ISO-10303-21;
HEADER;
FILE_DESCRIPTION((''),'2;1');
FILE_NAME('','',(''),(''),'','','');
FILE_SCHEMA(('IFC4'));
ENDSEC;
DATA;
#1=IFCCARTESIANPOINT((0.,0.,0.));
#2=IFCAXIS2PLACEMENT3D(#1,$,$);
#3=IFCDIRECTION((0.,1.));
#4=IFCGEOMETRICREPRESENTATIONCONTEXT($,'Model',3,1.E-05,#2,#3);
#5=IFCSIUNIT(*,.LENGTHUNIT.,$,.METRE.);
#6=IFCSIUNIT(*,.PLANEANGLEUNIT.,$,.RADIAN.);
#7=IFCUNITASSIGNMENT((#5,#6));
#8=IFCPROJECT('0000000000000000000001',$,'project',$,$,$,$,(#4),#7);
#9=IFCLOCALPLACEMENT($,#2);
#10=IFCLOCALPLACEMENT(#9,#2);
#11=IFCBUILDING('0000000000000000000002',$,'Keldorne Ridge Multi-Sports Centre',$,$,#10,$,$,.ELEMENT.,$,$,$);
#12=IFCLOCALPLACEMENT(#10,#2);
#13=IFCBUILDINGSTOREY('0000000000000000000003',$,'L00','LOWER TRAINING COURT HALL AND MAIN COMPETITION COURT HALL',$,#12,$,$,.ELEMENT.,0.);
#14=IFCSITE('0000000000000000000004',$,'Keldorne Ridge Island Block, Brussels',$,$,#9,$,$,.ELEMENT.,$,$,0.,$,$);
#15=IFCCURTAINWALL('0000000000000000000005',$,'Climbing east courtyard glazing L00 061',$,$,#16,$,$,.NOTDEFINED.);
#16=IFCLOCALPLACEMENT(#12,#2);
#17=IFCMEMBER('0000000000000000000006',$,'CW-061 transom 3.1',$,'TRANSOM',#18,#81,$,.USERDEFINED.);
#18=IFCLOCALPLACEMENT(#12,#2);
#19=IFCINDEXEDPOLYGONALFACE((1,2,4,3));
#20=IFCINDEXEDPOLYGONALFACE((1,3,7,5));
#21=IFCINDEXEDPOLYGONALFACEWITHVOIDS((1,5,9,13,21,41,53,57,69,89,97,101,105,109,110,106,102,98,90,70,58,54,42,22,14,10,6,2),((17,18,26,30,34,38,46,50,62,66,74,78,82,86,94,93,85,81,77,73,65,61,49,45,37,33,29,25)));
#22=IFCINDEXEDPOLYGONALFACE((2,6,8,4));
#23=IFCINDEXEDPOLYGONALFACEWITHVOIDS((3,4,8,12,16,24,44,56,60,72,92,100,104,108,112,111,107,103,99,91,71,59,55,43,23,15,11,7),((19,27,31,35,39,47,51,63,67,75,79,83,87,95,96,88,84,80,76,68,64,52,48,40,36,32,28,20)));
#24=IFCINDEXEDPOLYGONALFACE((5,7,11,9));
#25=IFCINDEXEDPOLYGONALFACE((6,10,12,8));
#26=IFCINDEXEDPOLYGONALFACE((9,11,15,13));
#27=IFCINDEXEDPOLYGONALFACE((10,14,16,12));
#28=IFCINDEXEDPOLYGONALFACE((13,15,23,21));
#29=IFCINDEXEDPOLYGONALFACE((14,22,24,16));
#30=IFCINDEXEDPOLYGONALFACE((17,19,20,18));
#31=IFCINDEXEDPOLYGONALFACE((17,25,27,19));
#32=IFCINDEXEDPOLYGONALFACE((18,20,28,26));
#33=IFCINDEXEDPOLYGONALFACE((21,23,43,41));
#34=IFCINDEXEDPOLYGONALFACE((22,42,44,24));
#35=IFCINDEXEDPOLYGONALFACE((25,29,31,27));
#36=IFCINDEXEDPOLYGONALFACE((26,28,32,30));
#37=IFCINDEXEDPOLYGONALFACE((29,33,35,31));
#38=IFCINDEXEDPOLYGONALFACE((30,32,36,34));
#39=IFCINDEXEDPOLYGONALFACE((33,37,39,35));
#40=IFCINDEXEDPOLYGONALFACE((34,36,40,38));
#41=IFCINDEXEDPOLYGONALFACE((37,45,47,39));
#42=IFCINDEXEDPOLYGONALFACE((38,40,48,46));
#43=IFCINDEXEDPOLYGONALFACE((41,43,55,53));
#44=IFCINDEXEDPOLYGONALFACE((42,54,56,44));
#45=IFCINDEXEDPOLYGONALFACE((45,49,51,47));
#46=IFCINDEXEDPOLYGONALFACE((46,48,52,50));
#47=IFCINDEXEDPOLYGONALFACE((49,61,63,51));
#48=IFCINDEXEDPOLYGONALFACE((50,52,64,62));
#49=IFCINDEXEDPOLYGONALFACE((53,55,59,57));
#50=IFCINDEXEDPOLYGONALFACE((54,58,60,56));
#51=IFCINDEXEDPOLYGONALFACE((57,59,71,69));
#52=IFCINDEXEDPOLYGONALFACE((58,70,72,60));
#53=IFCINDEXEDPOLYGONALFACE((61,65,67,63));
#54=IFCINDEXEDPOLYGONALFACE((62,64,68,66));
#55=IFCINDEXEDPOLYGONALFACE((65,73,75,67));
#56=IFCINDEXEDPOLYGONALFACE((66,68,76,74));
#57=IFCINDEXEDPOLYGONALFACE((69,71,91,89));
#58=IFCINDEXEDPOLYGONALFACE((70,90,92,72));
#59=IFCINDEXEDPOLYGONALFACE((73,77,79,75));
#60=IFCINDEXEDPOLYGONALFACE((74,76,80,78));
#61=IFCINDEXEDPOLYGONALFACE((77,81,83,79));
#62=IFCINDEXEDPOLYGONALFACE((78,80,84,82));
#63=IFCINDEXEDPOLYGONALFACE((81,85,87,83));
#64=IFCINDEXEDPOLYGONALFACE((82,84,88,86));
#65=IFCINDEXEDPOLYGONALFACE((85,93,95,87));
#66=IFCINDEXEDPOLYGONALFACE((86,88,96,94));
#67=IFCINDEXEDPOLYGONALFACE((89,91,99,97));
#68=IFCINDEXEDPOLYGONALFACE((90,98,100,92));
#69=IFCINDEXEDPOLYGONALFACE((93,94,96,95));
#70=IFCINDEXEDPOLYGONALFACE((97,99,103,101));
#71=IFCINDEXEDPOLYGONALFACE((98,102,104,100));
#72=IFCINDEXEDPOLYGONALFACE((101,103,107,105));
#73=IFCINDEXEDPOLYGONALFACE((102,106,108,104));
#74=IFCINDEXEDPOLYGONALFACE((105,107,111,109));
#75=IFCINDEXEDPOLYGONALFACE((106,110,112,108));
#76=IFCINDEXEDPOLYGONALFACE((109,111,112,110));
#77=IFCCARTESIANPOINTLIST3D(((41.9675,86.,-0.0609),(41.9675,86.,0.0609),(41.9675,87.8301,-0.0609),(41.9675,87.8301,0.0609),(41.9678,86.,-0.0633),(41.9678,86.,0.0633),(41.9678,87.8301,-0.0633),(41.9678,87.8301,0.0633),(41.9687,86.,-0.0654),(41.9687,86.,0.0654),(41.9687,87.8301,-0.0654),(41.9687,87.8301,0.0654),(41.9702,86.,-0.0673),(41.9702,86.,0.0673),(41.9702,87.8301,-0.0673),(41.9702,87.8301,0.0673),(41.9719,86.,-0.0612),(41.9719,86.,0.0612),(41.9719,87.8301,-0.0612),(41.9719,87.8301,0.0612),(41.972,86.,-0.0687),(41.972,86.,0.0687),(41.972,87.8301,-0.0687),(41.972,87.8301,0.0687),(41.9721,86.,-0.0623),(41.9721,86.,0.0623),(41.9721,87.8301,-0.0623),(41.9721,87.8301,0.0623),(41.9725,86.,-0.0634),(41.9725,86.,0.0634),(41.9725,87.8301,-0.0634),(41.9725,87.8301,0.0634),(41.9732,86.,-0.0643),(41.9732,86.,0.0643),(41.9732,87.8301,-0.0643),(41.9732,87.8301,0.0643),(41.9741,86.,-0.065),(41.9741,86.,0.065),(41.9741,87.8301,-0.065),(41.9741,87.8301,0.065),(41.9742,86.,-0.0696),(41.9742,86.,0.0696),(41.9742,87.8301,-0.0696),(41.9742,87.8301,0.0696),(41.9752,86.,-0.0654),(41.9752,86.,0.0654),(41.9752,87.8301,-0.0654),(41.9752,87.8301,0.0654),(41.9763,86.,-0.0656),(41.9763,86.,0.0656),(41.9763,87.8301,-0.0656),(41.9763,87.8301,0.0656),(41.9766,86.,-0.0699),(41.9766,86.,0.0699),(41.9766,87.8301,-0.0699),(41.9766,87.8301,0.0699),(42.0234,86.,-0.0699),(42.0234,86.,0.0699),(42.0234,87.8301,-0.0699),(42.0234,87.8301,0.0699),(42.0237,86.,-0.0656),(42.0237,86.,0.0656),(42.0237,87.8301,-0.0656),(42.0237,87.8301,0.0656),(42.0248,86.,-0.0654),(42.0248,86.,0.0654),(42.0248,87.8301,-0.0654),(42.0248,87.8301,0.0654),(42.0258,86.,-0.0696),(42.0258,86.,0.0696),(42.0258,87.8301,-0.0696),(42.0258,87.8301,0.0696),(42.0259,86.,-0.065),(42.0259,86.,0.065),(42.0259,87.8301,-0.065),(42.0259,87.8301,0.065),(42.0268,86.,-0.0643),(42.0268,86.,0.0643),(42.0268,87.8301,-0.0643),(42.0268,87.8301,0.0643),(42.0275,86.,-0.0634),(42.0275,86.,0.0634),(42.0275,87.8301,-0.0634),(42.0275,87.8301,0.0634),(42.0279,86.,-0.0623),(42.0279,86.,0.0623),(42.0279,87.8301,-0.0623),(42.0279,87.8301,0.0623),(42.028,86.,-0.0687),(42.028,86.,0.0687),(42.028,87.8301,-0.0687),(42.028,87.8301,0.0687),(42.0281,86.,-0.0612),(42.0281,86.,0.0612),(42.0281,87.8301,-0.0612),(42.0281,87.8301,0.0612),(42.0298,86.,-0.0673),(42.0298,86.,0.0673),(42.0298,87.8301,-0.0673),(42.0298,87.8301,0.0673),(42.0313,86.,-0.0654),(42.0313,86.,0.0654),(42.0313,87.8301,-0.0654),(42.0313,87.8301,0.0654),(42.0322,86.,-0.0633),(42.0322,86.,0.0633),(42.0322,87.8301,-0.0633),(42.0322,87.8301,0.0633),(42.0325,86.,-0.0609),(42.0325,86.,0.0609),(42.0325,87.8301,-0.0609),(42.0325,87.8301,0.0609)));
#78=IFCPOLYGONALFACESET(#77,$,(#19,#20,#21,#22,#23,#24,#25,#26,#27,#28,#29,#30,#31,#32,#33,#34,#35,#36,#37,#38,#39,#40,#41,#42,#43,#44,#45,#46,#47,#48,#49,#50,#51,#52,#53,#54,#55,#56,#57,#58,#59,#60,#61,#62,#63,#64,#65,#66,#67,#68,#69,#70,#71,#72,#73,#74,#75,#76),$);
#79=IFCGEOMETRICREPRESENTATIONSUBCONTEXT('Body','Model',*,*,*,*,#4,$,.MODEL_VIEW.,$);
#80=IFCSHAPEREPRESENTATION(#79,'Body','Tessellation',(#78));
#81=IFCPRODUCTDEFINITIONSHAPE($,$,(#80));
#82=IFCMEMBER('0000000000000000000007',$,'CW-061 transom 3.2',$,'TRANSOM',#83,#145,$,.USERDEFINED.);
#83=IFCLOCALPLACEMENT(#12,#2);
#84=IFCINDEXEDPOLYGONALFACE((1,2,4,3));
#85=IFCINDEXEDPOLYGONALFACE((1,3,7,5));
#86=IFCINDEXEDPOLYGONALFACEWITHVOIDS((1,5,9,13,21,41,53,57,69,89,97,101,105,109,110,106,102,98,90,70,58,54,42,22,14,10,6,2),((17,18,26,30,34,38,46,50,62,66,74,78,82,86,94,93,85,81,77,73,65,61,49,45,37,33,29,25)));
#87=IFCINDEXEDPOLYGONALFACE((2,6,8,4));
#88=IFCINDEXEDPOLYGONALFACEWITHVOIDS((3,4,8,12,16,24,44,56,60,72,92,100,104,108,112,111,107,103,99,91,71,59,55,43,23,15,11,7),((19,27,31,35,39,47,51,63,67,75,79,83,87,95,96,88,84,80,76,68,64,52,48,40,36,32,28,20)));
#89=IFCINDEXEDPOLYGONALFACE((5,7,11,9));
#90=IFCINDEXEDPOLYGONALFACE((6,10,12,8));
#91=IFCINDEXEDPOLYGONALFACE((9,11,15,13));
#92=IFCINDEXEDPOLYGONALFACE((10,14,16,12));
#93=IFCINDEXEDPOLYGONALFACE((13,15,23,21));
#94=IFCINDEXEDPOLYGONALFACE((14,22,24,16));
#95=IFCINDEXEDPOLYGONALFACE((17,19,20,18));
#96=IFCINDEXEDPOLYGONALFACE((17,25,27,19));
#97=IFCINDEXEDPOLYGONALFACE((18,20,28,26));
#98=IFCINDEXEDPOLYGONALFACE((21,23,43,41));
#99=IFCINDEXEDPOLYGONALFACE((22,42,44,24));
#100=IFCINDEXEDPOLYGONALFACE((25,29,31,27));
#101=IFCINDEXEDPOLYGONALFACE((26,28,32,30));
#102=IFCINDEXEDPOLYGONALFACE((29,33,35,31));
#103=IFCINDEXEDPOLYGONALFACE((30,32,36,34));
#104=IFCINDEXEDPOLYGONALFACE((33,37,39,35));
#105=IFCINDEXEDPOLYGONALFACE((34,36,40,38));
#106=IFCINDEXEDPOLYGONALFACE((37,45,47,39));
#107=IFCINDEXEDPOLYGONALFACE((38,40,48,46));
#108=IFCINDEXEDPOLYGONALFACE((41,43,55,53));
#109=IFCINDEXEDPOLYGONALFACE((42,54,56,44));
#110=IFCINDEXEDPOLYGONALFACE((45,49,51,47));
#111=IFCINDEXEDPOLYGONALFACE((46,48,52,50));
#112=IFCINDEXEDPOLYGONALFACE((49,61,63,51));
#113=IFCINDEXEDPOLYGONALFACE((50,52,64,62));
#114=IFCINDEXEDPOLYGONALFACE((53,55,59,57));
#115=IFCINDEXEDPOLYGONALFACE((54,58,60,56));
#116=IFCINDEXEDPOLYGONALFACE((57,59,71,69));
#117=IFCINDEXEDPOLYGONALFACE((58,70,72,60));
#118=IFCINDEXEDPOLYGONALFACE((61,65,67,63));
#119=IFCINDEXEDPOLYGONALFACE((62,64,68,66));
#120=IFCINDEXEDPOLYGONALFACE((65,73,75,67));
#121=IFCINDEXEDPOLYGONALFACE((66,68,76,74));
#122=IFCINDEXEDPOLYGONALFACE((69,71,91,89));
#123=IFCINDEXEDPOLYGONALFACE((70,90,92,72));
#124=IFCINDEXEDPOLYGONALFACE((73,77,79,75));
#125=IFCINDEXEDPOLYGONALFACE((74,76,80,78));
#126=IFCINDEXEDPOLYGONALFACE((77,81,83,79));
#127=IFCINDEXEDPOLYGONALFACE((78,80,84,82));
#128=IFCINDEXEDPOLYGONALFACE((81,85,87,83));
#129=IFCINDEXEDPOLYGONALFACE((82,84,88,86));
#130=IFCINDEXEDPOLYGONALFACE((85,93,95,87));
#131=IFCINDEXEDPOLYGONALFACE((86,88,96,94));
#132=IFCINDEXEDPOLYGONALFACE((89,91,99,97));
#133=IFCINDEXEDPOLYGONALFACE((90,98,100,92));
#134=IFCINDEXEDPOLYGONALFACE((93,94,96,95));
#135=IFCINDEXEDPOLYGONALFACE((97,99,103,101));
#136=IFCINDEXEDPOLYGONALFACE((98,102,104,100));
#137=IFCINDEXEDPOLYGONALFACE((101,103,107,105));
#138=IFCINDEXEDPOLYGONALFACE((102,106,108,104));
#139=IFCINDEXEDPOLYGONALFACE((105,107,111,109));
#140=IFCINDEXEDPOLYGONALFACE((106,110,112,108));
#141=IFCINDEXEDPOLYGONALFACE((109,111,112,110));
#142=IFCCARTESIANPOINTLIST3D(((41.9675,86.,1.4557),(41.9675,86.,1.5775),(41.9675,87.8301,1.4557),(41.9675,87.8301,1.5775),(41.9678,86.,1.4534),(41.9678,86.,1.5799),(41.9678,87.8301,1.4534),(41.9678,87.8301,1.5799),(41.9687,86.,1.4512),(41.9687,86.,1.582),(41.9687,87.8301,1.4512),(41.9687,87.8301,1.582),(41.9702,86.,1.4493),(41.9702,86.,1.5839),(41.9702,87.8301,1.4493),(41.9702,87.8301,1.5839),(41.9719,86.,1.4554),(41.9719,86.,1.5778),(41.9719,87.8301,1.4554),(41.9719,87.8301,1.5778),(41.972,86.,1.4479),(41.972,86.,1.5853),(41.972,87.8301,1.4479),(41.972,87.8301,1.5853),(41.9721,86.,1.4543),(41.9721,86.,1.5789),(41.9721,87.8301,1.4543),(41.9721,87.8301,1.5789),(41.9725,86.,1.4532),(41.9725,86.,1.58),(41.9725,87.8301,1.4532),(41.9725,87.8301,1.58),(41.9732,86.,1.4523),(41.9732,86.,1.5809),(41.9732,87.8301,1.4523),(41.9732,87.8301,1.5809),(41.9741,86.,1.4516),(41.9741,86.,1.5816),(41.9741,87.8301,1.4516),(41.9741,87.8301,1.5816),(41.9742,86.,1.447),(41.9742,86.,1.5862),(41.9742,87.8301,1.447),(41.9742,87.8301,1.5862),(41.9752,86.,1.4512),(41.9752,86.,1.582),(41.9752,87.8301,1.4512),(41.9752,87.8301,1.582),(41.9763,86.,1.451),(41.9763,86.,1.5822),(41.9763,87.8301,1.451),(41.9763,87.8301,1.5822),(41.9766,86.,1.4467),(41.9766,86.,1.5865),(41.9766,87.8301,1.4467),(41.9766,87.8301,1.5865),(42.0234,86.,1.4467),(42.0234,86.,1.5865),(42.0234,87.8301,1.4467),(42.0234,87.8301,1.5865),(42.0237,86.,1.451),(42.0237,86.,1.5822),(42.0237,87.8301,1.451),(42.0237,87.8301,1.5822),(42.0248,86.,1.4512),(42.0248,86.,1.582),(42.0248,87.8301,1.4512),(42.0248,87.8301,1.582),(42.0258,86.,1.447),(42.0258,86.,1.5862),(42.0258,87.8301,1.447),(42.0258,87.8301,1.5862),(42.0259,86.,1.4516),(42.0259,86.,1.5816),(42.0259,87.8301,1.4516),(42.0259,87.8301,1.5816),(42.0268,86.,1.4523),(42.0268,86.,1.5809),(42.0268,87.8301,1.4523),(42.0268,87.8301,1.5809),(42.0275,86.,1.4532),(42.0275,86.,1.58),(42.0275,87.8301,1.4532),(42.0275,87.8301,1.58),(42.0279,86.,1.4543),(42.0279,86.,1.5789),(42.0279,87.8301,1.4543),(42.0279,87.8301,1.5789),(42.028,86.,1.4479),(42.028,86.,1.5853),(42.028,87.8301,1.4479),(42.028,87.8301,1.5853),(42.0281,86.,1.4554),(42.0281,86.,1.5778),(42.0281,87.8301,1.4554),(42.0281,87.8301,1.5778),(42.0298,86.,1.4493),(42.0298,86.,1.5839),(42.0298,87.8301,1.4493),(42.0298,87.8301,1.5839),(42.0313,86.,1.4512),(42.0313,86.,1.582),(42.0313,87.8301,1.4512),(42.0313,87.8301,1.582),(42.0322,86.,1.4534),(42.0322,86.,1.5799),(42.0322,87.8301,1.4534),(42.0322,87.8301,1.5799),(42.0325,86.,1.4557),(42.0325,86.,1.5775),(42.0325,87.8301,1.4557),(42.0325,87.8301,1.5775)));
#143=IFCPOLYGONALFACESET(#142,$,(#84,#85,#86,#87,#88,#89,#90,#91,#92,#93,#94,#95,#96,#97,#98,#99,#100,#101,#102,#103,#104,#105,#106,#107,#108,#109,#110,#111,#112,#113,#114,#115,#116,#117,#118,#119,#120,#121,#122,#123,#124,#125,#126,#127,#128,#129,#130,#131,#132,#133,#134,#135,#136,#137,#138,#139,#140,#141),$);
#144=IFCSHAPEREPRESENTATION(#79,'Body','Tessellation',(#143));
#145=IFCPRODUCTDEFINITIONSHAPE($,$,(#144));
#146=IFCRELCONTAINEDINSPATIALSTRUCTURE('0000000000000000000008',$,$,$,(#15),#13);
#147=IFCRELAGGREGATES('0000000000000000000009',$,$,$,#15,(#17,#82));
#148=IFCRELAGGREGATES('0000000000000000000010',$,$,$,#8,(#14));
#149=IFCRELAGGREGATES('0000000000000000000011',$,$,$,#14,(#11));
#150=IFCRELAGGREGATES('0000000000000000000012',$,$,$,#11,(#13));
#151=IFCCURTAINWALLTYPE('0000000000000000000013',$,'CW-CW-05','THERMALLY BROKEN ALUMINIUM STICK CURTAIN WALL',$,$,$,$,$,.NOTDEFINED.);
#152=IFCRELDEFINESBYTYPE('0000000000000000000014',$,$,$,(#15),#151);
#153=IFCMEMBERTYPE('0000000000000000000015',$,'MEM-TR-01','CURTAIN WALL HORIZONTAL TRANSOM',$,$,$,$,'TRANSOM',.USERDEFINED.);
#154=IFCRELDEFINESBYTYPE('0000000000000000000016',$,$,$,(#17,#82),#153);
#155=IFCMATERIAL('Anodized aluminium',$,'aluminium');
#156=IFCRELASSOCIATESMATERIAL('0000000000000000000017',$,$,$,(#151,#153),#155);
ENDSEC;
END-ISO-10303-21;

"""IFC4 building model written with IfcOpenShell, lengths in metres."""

from ifc_helpers import new_model, si_unit, direction, frame, origin, origin_2d, place, context, subcontext, project, spatial, hollow_rectangle, extrude, material, material_profile, profile_set, type_object, element, aggregate, save


model = new_model("IFC4")

# Units and contexts
model_context = context("Model", 3, precision=1e-05, world=origin(), true_north=direction((0.0, 1.0)))
body_context = subcontext(model_context, "Body", "Model", "MODEL_VIEW")
ifc_project = project(units=[si_unit("LENGTHUNIT", "METRE"), si_unit("PLANEANGLEUNIT", "RADIAN")], contexts=[model_context])

# Site, building, storey
site_placement = place(None, origin())
site = spatial("IfcSite", under=ifc_project, at=site_placement, Name="Keldorne Ridge Island Block, Brussels", CompositionType="ELEMENT", RefElevation=0.0)
building_placement = place(site_placement, origin())
building = spatial("IfcBuilding", under=site, at=building_placement, Name="Keldorne Ridge Multi-Sports Centre", CompositionType="ELEMENT")
storey_placement = place(building_placement, origin())
storey = spatial("IfcBuildingStorey", under=building, at=storey_placement, Name="L00", Description="LOWER TRAINING COURT HALL AND MAIN COMPETITION COURT HALL", CompositionType="ELEMENT", Elevation=0.0)

# Curtain wall, members
ifc_material_1 = material(Name="Anodized aluminium", Category="aluminium")
curtain_wall_type_1 = type_object("IfcCurtainWallType", Name="CW-CW-05", Description="THERMALLY BROKEN ALUMINIUM STICK CURTAIN WALL", PredefinedType="NOTDEFINED", material=ifc_material_1)
curtain_wall_1_placement = place(storey_placement, origin())
curtain_wall_1 = element("IfcCurtainWall", 1, at=curtain_wall_1_placement, inside=storey, type_object=curtain_wall_type_1, Name="Climbing east courtyard glazing L00 061", PredefinedType="NOTDEFINED")
ifc_material_profile_1 = material_profile(ifc_material_1, hollow_rectangle(XDim=0.0649, YDim=0.1399, WallThickness=0.0044, InnerFilletRadius=0.0044, OuterFilletRadius=0.009, at=origin_2d()), Name="ALU TRANSOM 140x65x4.5")
ifc_profile_set_1 = profile_set([ifc_material_profile_1], Name="Anodized aluminium")
member_type_1 = type_object("IfcMemberType", Name="MEM-TR-01", Description="CURTAIN WALL HORIZONTAL TRANSOM", ElementType="TRANSOM", PredefinedType="USERDEFINED", material=ifc_profile_set_1)
member_1_placement = place(storey_placement, frame((42.0, 86.0, 0.0), z_axis=(0.0, 1.0, 0.0), x_axis=(-1.0, 0.0, 0.0)))
member_1 = element("IfcMember", 2, at=member_1_placement, type_object=member_type_1, Name="CW-061 transom 3.1", ObjectType="TRANSOM", PredefinedType="USERDEFINED", context=body_context, shape_type="SweptSolid", body=[
    extrude(hollow_rectangle(XDim=0.0649, YDim=0.1399, WallThickness=0.0044, InnerFilletRadius=0.0044, OuterFilletRadius=0.009, at=origin_2d()), origin(), (0.0, 0.0, 1.0), 1.8301),
])
member_2_placement = place(storey_placement, frame((42.0, 86.0, 1.5166), z_axis=(0.0, 1.0, 0.0), x_axis=(-1.0, 0.0, 0.0)))
member_2 = element("IfcMember", 3, at=member_2_placement, type_object=member_type_1, Name="CW-061 transom 3.2", ObjectType="TRANSOM", PredefinedType="USERDEFINED", context=body_context, shape_type="SweptSolid", body=[
    extrude(hollow_rectangle(XDim=0.0649, YDim=0.1399, WallThickness=0.0044, InnerFilletRadius=0.0044, OuterFilletRadius=0.009, at=origin_2d()), origin(), (0.0, 0.0, 1.0), 1.8301),
])

aggregate(curtain_wall_1, [member_1, member_2])

save(model, "model.ifc")
